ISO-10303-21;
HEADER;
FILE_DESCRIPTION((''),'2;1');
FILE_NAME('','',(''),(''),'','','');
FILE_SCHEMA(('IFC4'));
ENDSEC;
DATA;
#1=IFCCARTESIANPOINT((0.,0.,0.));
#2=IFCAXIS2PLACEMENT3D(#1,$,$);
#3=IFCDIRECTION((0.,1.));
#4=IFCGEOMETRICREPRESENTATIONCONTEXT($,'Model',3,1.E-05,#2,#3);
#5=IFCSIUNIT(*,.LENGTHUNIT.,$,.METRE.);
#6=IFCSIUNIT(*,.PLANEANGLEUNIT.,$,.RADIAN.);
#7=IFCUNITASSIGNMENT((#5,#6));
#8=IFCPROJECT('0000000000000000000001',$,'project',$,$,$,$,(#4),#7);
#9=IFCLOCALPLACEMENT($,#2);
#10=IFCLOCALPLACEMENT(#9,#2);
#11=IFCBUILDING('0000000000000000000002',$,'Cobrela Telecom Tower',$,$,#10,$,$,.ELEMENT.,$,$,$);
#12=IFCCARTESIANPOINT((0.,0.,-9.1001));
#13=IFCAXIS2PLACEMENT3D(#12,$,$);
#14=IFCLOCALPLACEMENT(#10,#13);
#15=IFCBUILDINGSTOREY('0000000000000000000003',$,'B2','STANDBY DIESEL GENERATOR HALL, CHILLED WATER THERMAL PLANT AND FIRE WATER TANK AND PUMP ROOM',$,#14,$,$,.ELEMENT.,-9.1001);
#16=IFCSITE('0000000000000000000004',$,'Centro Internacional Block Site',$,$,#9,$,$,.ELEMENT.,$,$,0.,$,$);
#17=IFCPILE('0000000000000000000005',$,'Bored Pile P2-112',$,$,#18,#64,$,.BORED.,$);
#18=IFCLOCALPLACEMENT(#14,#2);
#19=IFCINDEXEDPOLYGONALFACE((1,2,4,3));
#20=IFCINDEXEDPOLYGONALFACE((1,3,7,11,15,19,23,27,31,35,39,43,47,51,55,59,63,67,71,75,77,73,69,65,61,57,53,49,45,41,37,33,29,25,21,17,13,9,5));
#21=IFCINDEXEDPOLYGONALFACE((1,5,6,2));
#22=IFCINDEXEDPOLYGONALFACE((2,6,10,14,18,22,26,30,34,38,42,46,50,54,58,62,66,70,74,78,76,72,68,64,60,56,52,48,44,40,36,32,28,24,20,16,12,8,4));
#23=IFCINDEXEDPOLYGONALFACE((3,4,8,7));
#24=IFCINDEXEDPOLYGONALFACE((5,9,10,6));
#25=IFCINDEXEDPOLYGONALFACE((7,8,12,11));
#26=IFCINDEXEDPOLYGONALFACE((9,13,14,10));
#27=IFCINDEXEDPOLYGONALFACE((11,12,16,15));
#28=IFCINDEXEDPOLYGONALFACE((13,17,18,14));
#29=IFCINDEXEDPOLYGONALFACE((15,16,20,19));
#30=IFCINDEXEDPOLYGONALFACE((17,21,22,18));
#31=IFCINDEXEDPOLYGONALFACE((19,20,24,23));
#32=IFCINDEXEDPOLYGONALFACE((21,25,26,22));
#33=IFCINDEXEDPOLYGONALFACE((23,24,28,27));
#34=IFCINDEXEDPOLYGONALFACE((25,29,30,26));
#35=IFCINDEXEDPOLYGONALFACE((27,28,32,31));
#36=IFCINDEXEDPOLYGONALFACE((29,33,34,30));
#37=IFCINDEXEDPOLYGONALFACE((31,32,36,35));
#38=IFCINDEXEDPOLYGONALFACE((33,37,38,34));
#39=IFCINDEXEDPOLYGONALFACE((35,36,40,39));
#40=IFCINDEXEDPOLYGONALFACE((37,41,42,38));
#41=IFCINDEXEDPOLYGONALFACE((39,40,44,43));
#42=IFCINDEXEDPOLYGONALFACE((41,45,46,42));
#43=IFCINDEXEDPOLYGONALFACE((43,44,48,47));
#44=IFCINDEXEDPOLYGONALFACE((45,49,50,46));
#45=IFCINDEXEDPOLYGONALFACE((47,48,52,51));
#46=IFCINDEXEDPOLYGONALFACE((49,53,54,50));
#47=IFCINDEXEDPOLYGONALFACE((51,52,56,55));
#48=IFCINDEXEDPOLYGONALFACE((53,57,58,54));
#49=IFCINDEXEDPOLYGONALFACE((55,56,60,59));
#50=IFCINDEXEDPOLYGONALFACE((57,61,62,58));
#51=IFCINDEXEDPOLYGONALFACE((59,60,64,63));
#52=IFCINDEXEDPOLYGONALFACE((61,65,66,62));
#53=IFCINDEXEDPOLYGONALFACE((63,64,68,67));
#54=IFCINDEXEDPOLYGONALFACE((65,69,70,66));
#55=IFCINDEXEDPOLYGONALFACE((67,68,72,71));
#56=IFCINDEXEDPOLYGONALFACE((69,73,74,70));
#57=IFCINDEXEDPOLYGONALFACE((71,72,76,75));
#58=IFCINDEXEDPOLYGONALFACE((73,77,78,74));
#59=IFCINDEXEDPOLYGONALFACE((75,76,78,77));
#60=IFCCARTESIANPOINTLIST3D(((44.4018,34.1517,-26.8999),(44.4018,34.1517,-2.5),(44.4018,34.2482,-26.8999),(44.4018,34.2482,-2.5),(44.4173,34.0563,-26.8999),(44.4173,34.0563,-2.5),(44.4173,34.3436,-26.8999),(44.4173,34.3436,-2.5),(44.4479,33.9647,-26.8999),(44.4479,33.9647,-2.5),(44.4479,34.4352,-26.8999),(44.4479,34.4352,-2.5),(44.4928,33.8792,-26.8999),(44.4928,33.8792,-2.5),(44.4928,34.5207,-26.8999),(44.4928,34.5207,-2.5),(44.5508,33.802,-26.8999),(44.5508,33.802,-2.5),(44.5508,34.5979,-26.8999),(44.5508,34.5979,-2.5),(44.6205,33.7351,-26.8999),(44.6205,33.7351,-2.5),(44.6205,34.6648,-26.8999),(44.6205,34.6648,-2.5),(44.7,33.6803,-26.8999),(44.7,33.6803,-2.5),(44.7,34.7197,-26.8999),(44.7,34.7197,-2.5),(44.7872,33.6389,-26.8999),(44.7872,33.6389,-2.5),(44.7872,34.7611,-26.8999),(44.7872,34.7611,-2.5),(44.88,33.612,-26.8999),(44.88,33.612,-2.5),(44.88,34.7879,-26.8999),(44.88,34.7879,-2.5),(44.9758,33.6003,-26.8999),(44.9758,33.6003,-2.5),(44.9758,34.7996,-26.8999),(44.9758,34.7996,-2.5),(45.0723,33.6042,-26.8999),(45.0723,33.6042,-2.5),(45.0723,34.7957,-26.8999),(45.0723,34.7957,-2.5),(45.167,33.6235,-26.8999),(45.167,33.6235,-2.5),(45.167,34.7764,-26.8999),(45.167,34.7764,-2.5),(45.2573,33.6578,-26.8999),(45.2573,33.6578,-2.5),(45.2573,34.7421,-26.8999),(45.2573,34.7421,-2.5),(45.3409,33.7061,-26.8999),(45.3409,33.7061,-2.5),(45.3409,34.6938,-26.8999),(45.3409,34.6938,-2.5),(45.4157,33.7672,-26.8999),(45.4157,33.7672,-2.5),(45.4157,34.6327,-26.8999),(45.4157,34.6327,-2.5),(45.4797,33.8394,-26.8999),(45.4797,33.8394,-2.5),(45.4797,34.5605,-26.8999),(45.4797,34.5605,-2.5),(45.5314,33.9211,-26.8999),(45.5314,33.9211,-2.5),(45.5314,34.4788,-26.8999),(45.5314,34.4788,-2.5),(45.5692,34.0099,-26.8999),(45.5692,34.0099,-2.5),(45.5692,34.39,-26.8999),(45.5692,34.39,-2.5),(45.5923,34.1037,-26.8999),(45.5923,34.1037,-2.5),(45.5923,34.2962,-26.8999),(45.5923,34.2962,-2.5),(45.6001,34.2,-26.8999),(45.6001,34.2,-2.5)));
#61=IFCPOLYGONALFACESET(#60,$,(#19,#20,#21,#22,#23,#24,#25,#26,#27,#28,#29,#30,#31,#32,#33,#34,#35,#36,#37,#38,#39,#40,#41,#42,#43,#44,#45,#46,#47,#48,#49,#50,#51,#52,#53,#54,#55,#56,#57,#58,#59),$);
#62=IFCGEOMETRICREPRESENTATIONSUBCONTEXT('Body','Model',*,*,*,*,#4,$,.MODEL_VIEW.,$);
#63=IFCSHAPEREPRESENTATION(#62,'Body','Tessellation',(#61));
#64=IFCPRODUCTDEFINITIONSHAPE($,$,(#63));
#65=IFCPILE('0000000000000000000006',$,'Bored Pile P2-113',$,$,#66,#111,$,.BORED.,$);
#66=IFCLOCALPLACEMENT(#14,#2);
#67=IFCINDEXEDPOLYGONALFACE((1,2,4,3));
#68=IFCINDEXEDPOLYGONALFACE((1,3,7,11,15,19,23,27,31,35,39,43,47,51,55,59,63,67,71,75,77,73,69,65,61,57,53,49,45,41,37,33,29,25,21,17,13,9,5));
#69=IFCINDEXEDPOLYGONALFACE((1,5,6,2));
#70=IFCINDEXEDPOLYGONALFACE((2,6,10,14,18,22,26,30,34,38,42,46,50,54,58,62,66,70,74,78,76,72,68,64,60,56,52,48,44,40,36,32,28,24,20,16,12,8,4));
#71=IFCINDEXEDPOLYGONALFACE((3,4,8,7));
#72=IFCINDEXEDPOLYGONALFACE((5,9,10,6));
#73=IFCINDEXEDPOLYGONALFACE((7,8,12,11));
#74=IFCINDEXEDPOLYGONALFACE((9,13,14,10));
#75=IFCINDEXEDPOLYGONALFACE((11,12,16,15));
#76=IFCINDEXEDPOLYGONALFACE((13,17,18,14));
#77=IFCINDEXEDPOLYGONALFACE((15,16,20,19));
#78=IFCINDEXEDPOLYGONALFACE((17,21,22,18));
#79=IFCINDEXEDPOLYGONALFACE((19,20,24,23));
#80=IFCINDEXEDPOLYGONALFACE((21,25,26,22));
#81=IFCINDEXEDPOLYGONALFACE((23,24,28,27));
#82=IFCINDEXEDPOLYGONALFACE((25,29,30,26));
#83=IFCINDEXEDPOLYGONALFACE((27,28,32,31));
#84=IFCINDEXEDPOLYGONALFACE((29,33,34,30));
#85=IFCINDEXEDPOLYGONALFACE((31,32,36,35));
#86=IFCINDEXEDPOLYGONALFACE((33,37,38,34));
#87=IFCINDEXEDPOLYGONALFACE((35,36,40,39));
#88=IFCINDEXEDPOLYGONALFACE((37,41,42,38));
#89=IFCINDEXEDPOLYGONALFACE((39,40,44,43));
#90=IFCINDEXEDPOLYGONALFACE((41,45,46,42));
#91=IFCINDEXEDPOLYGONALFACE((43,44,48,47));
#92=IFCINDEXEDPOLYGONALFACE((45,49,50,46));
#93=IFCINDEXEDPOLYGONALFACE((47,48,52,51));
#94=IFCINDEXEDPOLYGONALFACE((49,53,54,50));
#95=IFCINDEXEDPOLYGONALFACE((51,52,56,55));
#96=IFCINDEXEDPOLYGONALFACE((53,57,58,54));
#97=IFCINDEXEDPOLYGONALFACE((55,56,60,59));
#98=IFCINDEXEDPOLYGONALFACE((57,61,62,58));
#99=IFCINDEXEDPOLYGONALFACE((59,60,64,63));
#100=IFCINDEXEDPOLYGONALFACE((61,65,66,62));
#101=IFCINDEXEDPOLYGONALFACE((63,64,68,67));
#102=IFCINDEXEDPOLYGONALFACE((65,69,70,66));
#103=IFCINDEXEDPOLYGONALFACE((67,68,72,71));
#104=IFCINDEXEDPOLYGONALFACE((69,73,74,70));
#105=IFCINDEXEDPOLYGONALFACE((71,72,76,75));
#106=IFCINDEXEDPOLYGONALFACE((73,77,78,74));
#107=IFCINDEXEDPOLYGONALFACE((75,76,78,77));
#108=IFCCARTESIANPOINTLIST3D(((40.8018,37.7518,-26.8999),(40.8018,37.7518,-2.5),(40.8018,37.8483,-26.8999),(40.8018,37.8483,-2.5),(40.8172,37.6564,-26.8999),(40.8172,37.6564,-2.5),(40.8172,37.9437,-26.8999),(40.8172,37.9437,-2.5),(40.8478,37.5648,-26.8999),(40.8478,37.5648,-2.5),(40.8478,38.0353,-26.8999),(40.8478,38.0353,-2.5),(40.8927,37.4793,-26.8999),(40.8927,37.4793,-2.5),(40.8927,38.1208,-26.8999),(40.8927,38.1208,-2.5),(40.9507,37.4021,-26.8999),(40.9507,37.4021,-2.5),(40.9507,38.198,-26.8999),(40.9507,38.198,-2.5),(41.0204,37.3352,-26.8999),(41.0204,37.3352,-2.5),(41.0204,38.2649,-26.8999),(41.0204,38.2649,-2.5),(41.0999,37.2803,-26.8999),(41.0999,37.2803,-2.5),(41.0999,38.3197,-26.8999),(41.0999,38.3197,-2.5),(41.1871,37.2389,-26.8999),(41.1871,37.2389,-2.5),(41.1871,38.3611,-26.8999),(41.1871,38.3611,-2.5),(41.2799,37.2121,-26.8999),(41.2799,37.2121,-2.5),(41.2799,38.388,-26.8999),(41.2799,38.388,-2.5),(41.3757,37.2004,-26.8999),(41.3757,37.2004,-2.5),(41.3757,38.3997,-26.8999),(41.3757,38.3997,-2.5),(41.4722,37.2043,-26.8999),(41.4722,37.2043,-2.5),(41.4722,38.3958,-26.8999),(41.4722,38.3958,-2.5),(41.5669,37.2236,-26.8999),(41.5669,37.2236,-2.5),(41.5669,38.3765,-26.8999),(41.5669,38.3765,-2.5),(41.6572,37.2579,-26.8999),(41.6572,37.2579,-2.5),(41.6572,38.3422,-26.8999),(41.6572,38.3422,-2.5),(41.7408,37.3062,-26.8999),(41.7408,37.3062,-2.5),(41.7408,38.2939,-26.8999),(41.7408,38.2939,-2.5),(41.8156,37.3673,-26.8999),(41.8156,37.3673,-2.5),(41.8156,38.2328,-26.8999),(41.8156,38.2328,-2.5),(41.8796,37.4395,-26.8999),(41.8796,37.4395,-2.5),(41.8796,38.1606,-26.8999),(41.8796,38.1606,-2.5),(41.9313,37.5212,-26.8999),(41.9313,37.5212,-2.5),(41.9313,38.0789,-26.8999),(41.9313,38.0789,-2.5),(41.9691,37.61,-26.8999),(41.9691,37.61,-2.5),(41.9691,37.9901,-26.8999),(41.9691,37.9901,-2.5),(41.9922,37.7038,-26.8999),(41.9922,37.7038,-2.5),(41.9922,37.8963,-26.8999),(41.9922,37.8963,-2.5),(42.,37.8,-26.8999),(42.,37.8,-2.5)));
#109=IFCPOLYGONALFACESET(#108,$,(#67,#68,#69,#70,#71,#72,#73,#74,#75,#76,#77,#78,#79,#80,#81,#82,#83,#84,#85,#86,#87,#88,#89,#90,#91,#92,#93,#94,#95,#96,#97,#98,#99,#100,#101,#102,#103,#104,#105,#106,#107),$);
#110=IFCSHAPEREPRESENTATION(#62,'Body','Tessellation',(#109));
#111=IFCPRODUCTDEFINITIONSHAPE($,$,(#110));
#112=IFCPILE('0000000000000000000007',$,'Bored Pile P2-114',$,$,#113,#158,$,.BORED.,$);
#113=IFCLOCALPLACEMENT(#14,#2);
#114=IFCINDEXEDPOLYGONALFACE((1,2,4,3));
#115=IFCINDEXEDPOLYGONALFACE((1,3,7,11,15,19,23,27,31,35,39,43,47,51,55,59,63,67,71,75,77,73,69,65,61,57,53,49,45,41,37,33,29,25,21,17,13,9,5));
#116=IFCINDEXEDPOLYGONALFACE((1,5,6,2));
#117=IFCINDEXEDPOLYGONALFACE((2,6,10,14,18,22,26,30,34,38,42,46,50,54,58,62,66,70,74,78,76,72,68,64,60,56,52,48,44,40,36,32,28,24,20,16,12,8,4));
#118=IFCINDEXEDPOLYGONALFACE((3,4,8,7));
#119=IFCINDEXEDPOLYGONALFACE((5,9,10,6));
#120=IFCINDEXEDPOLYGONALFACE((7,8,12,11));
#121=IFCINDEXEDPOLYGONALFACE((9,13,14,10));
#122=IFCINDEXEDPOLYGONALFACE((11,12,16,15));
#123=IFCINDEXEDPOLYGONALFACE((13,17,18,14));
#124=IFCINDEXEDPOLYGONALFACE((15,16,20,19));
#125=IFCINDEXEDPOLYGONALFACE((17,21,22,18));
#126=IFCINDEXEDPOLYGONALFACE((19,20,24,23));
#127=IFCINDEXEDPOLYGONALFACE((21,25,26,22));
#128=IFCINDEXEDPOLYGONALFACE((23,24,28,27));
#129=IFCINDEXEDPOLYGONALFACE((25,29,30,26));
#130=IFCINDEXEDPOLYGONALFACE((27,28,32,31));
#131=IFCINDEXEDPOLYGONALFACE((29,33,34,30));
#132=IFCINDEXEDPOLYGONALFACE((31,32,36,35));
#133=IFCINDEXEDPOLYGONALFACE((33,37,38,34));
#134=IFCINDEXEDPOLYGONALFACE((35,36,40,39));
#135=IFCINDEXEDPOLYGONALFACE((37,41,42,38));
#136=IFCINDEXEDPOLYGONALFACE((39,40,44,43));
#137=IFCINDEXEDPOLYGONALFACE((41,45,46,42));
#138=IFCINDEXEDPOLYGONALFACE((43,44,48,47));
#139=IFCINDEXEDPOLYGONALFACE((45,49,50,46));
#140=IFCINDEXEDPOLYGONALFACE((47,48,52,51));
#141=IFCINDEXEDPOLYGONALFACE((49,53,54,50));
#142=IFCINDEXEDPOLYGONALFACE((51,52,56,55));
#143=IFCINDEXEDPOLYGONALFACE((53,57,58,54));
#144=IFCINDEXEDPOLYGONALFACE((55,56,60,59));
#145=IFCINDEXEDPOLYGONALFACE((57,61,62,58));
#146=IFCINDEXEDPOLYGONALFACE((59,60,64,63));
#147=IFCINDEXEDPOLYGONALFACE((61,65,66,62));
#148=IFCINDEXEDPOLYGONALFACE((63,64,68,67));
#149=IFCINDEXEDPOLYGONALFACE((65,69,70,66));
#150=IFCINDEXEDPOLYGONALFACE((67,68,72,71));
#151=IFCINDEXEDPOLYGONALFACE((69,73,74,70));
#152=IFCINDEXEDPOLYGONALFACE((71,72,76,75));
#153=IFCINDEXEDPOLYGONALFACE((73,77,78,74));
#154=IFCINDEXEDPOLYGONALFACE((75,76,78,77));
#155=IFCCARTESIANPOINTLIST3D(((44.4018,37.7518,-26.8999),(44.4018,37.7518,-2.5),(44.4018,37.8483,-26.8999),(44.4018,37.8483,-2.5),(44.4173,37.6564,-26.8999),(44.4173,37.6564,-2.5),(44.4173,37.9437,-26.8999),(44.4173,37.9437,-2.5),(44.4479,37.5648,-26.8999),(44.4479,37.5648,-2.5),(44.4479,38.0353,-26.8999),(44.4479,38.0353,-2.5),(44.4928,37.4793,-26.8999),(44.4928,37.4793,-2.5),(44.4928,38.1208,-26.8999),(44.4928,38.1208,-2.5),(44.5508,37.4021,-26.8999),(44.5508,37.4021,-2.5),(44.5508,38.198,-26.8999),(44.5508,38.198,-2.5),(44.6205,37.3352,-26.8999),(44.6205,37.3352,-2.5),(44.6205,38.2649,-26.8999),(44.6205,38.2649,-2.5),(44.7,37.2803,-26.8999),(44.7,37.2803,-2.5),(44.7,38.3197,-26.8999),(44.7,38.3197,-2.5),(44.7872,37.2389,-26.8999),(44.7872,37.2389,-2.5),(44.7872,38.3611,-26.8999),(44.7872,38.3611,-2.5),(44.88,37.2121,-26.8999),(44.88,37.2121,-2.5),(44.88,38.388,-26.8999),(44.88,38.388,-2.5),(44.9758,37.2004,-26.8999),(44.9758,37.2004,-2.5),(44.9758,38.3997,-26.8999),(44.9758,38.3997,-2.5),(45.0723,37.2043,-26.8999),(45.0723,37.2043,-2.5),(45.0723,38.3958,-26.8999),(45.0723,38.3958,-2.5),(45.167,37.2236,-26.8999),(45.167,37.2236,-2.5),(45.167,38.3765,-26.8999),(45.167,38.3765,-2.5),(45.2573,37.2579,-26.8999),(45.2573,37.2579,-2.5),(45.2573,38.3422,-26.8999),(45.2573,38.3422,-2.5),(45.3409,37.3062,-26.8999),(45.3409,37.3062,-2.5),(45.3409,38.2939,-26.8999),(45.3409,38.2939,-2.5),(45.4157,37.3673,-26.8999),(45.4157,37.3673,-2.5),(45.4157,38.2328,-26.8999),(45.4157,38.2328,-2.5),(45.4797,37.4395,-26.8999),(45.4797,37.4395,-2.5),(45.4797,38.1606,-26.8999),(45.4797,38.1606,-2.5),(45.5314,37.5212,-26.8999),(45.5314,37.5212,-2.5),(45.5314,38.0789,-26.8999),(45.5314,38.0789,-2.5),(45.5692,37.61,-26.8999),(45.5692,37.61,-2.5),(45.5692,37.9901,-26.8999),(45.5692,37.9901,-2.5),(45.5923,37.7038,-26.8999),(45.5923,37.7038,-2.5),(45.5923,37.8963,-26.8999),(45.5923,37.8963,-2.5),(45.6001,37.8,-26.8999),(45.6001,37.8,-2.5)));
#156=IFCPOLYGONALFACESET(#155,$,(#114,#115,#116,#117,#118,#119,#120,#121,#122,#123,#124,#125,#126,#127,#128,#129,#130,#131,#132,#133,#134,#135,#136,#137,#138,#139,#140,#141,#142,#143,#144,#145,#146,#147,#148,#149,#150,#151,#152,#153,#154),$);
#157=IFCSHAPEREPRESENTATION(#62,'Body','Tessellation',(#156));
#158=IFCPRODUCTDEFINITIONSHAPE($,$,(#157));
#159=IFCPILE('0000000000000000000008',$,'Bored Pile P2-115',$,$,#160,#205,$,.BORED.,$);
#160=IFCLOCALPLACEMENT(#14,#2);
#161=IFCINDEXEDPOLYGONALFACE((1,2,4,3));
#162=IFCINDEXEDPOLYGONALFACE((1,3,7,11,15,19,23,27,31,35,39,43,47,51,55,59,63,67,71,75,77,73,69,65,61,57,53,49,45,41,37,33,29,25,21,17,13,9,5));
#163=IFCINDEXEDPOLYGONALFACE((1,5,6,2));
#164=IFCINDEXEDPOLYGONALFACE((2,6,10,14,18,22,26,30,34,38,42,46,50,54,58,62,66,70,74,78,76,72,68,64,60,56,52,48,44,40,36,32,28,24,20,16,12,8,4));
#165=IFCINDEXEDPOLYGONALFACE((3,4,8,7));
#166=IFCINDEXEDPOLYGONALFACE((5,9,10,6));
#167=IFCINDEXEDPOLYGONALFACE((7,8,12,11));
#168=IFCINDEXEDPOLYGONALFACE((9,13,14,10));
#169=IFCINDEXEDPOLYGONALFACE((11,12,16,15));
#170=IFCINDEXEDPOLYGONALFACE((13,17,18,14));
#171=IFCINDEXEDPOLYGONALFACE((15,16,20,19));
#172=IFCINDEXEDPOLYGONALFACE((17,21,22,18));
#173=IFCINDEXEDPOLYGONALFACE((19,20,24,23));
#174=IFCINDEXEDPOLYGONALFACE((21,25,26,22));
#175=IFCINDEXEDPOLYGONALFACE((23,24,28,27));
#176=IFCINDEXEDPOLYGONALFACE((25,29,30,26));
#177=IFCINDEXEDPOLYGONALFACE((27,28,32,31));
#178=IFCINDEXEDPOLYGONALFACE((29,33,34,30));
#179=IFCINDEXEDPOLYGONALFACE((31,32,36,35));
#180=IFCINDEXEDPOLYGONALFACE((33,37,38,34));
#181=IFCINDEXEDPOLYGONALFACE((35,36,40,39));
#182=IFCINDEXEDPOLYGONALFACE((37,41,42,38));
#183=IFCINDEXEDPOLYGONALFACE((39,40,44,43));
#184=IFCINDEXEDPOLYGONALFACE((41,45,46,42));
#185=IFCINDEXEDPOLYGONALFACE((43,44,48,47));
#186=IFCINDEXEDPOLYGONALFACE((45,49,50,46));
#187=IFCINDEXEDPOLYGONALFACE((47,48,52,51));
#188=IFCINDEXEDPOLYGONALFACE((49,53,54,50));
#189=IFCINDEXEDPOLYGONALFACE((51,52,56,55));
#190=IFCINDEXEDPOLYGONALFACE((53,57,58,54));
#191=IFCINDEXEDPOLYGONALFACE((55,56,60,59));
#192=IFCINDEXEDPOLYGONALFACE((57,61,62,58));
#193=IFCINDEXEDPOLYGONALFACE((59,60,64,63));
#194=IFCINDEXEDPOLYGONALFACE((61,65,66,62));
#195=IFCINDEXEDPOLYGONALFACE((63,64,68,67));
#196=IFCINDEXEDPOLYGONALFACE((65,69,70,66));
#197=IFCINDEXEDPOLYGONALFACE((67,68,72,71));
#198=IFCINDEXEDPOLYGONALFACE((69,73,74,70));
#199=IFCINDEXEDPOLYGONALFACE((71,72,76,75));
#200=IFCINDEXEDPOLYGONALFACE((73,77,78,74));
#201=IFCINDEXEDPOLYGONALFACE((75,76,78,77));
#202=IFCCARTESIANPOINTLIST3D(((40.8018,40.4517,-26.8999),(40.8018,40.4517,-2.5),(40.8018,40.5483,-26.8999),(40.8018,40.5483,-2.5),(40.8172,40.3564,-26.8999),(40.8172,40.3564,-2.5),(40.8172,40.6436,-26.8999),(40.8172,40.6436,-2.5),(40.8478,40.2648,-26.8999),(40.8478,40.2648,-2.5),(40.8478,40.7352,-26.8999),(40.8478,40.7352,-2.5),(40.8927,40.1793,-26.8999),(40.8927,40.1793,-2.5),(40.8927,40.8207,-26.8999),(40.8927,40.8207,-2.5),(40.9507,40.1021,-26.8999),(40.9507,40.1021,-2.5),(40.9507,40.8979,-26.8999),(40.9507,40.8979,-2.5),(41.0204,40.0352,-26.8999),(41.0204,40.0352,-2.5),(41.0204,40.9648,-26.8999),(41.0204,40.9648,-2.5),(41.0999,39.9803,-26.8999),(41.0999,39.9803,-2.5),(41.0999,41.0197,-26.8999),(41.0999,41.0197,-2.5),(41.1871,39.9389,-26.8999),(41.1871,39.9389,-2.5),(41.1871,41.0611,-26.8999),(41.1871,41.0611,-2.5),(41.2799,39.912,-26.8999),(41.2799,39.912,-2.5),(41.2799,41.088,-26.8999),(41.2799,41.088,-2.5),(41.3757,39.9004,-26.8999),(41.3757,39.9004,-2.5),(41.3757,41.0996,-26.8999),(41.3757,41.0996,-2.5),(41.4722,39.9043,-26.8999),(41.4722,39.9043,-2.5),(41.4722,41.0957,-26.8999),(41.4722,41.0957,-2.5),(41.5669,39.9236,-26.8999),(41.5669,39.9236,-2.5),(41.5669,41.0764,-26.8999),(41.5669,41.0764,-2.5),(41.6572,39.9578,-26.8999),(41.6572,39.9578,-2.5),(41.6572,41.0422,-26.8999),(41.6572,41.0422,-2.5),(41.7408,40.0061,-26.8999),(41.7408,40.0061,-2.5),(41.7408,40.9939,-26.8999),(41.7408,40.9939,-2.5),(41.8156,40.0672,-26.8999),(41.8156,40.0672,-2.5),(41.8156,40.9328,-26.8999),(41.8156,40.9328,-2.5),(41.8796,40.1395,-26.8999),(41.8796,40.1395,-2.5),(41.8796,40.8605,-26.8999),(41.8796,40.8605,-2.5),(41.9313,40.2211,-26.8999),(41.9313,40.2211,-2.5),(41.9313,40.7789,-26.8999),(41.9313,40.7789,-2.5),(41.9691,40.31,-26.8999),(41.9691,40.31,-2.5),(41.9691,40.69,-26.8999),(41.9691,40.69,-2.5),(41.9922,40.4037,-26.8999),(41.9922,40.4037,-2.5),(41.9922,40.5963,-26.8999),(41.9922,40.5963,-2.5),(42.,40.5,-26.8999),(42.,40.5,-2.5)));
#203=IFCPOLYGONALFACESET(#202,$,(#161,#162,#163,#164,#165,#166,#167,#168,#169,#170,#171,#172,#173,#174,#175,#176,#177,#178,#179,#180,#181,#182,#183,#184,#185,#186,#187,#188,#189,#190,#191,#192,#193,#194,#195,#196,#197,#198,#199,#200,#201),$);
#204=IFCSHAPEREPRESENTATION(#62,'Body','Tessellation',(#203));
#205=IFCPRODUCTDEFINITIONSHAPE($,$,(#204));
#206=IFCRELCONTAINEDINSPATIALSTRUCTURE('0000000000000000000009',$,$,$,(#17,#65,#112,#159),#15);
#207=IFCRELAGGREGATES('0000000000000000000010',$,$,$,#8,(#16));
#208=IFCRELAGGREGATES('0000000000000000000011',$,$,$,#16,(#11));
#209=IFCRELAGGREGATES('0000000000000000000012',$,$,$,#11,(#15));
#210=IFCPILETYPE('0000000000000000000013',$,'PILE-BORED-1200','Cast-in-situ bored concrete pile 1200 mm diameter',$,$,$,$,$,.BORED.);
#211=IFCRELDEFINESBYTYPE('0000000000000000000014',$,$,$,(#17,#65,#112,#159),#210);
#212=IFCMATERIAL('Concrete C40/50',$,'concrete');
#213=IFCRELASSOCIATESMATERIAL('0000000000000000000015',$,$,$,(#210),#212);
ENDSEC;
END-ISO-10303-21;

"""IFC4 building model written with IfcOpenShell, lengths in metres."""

from ifc_helpers import new_model, si_unit, direction, frame, origin, origin_2d, place, context, subcontext, project, spatial, circle, extrude, material, material_profile, profile_set, type_object, element, save


model = new_model("IFC4")

# Units and contexts
model_context = context("Model", 3, precision=1e-05, world=origin(), true_north=direction((0.0, 1.0)))
body_context = subcontext(model_context, "Body", "Model", "MODEL_VIEW")
ifc_project = project(units=[si_unit("LENGTHUNIT", "METRE"), si_unit("PLANEANGLEUNIT", "RADIAN")], contexts=[model_context])

# Site, building, storey
site_placement = place(None, origin())
site = spatial("IfcSite", under=ifc_project, at=site_placement, Name="Centro Internacional Block Site", CompositionType="ELEMENT", RefElevation=0.0)
building_placement = place(site_placement, origin())
building = spatial("IfcBuilding", under=site, at=building_placement, Name="Cobrela Telecom Tower", CompositionType="ELEMENT")
storey_placement = place(building_placement, frame((0.0, 0.0, -9.1001)))
storey = spatial("IfcBuildingStorey", under=building, at=storey_placement, Name="B2", Description="STANDBY DIESEL GENERATOR HALL, CHILLED WATER THERMAL PLANT AND FIRE WATER TANK AND PUMP ROOM", CompositionType="ELEMENT", Elevation=-9.1001)

# Shared definitions
ifc_material_1 = material(Name="Concrete C40/50", Category="concrete")

# Piles
ifc_material_profile_1 = material_profile(ifc_material_1, circle(Radius=0.6001, at=origin_2d()), Name="BORED PILE D1200")
ifc_profile_set_1 = profile_set([ifc_material_profile_1], Name="Concrete C40/50")
pile_type = type_object("IfcPileType", Name="PILE-BORED-1200", Description="Cast-in-situ bored concrete pile 1200 mm diameter", PredefinedType="BORED", material=ifc_profile_set_1)
for number, where, z_axis, x_axis, name in (
    (1, (45.0, 34.2, -2.5), (0.0, 0.0, -1.0), (1.0, 0.0, 0.0), "Bored Pile P2-112"),
    (2, (41.3999, 37.8, -2.5), (0.0, 0.0, -1.0), (1.0, 0.0, 0.0), "Bored Pile P2-113"),
    (3, (45.0, 37.8, -2.5), (0.0, 0.0, -1.0), (1.0, 0.0, 0.0), "Bored Pile P2-114"),
    (4, (41.3999, 40.5, -2.5), (0.0, 0.0, -1.0), (1.0, 0.0, 0.0), "Bored Pile P2-115"),
):
    element("IfcPile", number, at=place(storey_placement, frame(where, z_axis=z_axis, x_axis=x_axis)), inside=storey, type_object=pile_type, Name=name, PredefinedType="BORED", context=body_context, shape_type="SweptSolid", body=[
        extrude(circle(Radius=0.6001, at=origin_2d()), origin(), (0.0, 0.0, 1.0), 24.3999),
    ])

save(model, "model.ifc")
